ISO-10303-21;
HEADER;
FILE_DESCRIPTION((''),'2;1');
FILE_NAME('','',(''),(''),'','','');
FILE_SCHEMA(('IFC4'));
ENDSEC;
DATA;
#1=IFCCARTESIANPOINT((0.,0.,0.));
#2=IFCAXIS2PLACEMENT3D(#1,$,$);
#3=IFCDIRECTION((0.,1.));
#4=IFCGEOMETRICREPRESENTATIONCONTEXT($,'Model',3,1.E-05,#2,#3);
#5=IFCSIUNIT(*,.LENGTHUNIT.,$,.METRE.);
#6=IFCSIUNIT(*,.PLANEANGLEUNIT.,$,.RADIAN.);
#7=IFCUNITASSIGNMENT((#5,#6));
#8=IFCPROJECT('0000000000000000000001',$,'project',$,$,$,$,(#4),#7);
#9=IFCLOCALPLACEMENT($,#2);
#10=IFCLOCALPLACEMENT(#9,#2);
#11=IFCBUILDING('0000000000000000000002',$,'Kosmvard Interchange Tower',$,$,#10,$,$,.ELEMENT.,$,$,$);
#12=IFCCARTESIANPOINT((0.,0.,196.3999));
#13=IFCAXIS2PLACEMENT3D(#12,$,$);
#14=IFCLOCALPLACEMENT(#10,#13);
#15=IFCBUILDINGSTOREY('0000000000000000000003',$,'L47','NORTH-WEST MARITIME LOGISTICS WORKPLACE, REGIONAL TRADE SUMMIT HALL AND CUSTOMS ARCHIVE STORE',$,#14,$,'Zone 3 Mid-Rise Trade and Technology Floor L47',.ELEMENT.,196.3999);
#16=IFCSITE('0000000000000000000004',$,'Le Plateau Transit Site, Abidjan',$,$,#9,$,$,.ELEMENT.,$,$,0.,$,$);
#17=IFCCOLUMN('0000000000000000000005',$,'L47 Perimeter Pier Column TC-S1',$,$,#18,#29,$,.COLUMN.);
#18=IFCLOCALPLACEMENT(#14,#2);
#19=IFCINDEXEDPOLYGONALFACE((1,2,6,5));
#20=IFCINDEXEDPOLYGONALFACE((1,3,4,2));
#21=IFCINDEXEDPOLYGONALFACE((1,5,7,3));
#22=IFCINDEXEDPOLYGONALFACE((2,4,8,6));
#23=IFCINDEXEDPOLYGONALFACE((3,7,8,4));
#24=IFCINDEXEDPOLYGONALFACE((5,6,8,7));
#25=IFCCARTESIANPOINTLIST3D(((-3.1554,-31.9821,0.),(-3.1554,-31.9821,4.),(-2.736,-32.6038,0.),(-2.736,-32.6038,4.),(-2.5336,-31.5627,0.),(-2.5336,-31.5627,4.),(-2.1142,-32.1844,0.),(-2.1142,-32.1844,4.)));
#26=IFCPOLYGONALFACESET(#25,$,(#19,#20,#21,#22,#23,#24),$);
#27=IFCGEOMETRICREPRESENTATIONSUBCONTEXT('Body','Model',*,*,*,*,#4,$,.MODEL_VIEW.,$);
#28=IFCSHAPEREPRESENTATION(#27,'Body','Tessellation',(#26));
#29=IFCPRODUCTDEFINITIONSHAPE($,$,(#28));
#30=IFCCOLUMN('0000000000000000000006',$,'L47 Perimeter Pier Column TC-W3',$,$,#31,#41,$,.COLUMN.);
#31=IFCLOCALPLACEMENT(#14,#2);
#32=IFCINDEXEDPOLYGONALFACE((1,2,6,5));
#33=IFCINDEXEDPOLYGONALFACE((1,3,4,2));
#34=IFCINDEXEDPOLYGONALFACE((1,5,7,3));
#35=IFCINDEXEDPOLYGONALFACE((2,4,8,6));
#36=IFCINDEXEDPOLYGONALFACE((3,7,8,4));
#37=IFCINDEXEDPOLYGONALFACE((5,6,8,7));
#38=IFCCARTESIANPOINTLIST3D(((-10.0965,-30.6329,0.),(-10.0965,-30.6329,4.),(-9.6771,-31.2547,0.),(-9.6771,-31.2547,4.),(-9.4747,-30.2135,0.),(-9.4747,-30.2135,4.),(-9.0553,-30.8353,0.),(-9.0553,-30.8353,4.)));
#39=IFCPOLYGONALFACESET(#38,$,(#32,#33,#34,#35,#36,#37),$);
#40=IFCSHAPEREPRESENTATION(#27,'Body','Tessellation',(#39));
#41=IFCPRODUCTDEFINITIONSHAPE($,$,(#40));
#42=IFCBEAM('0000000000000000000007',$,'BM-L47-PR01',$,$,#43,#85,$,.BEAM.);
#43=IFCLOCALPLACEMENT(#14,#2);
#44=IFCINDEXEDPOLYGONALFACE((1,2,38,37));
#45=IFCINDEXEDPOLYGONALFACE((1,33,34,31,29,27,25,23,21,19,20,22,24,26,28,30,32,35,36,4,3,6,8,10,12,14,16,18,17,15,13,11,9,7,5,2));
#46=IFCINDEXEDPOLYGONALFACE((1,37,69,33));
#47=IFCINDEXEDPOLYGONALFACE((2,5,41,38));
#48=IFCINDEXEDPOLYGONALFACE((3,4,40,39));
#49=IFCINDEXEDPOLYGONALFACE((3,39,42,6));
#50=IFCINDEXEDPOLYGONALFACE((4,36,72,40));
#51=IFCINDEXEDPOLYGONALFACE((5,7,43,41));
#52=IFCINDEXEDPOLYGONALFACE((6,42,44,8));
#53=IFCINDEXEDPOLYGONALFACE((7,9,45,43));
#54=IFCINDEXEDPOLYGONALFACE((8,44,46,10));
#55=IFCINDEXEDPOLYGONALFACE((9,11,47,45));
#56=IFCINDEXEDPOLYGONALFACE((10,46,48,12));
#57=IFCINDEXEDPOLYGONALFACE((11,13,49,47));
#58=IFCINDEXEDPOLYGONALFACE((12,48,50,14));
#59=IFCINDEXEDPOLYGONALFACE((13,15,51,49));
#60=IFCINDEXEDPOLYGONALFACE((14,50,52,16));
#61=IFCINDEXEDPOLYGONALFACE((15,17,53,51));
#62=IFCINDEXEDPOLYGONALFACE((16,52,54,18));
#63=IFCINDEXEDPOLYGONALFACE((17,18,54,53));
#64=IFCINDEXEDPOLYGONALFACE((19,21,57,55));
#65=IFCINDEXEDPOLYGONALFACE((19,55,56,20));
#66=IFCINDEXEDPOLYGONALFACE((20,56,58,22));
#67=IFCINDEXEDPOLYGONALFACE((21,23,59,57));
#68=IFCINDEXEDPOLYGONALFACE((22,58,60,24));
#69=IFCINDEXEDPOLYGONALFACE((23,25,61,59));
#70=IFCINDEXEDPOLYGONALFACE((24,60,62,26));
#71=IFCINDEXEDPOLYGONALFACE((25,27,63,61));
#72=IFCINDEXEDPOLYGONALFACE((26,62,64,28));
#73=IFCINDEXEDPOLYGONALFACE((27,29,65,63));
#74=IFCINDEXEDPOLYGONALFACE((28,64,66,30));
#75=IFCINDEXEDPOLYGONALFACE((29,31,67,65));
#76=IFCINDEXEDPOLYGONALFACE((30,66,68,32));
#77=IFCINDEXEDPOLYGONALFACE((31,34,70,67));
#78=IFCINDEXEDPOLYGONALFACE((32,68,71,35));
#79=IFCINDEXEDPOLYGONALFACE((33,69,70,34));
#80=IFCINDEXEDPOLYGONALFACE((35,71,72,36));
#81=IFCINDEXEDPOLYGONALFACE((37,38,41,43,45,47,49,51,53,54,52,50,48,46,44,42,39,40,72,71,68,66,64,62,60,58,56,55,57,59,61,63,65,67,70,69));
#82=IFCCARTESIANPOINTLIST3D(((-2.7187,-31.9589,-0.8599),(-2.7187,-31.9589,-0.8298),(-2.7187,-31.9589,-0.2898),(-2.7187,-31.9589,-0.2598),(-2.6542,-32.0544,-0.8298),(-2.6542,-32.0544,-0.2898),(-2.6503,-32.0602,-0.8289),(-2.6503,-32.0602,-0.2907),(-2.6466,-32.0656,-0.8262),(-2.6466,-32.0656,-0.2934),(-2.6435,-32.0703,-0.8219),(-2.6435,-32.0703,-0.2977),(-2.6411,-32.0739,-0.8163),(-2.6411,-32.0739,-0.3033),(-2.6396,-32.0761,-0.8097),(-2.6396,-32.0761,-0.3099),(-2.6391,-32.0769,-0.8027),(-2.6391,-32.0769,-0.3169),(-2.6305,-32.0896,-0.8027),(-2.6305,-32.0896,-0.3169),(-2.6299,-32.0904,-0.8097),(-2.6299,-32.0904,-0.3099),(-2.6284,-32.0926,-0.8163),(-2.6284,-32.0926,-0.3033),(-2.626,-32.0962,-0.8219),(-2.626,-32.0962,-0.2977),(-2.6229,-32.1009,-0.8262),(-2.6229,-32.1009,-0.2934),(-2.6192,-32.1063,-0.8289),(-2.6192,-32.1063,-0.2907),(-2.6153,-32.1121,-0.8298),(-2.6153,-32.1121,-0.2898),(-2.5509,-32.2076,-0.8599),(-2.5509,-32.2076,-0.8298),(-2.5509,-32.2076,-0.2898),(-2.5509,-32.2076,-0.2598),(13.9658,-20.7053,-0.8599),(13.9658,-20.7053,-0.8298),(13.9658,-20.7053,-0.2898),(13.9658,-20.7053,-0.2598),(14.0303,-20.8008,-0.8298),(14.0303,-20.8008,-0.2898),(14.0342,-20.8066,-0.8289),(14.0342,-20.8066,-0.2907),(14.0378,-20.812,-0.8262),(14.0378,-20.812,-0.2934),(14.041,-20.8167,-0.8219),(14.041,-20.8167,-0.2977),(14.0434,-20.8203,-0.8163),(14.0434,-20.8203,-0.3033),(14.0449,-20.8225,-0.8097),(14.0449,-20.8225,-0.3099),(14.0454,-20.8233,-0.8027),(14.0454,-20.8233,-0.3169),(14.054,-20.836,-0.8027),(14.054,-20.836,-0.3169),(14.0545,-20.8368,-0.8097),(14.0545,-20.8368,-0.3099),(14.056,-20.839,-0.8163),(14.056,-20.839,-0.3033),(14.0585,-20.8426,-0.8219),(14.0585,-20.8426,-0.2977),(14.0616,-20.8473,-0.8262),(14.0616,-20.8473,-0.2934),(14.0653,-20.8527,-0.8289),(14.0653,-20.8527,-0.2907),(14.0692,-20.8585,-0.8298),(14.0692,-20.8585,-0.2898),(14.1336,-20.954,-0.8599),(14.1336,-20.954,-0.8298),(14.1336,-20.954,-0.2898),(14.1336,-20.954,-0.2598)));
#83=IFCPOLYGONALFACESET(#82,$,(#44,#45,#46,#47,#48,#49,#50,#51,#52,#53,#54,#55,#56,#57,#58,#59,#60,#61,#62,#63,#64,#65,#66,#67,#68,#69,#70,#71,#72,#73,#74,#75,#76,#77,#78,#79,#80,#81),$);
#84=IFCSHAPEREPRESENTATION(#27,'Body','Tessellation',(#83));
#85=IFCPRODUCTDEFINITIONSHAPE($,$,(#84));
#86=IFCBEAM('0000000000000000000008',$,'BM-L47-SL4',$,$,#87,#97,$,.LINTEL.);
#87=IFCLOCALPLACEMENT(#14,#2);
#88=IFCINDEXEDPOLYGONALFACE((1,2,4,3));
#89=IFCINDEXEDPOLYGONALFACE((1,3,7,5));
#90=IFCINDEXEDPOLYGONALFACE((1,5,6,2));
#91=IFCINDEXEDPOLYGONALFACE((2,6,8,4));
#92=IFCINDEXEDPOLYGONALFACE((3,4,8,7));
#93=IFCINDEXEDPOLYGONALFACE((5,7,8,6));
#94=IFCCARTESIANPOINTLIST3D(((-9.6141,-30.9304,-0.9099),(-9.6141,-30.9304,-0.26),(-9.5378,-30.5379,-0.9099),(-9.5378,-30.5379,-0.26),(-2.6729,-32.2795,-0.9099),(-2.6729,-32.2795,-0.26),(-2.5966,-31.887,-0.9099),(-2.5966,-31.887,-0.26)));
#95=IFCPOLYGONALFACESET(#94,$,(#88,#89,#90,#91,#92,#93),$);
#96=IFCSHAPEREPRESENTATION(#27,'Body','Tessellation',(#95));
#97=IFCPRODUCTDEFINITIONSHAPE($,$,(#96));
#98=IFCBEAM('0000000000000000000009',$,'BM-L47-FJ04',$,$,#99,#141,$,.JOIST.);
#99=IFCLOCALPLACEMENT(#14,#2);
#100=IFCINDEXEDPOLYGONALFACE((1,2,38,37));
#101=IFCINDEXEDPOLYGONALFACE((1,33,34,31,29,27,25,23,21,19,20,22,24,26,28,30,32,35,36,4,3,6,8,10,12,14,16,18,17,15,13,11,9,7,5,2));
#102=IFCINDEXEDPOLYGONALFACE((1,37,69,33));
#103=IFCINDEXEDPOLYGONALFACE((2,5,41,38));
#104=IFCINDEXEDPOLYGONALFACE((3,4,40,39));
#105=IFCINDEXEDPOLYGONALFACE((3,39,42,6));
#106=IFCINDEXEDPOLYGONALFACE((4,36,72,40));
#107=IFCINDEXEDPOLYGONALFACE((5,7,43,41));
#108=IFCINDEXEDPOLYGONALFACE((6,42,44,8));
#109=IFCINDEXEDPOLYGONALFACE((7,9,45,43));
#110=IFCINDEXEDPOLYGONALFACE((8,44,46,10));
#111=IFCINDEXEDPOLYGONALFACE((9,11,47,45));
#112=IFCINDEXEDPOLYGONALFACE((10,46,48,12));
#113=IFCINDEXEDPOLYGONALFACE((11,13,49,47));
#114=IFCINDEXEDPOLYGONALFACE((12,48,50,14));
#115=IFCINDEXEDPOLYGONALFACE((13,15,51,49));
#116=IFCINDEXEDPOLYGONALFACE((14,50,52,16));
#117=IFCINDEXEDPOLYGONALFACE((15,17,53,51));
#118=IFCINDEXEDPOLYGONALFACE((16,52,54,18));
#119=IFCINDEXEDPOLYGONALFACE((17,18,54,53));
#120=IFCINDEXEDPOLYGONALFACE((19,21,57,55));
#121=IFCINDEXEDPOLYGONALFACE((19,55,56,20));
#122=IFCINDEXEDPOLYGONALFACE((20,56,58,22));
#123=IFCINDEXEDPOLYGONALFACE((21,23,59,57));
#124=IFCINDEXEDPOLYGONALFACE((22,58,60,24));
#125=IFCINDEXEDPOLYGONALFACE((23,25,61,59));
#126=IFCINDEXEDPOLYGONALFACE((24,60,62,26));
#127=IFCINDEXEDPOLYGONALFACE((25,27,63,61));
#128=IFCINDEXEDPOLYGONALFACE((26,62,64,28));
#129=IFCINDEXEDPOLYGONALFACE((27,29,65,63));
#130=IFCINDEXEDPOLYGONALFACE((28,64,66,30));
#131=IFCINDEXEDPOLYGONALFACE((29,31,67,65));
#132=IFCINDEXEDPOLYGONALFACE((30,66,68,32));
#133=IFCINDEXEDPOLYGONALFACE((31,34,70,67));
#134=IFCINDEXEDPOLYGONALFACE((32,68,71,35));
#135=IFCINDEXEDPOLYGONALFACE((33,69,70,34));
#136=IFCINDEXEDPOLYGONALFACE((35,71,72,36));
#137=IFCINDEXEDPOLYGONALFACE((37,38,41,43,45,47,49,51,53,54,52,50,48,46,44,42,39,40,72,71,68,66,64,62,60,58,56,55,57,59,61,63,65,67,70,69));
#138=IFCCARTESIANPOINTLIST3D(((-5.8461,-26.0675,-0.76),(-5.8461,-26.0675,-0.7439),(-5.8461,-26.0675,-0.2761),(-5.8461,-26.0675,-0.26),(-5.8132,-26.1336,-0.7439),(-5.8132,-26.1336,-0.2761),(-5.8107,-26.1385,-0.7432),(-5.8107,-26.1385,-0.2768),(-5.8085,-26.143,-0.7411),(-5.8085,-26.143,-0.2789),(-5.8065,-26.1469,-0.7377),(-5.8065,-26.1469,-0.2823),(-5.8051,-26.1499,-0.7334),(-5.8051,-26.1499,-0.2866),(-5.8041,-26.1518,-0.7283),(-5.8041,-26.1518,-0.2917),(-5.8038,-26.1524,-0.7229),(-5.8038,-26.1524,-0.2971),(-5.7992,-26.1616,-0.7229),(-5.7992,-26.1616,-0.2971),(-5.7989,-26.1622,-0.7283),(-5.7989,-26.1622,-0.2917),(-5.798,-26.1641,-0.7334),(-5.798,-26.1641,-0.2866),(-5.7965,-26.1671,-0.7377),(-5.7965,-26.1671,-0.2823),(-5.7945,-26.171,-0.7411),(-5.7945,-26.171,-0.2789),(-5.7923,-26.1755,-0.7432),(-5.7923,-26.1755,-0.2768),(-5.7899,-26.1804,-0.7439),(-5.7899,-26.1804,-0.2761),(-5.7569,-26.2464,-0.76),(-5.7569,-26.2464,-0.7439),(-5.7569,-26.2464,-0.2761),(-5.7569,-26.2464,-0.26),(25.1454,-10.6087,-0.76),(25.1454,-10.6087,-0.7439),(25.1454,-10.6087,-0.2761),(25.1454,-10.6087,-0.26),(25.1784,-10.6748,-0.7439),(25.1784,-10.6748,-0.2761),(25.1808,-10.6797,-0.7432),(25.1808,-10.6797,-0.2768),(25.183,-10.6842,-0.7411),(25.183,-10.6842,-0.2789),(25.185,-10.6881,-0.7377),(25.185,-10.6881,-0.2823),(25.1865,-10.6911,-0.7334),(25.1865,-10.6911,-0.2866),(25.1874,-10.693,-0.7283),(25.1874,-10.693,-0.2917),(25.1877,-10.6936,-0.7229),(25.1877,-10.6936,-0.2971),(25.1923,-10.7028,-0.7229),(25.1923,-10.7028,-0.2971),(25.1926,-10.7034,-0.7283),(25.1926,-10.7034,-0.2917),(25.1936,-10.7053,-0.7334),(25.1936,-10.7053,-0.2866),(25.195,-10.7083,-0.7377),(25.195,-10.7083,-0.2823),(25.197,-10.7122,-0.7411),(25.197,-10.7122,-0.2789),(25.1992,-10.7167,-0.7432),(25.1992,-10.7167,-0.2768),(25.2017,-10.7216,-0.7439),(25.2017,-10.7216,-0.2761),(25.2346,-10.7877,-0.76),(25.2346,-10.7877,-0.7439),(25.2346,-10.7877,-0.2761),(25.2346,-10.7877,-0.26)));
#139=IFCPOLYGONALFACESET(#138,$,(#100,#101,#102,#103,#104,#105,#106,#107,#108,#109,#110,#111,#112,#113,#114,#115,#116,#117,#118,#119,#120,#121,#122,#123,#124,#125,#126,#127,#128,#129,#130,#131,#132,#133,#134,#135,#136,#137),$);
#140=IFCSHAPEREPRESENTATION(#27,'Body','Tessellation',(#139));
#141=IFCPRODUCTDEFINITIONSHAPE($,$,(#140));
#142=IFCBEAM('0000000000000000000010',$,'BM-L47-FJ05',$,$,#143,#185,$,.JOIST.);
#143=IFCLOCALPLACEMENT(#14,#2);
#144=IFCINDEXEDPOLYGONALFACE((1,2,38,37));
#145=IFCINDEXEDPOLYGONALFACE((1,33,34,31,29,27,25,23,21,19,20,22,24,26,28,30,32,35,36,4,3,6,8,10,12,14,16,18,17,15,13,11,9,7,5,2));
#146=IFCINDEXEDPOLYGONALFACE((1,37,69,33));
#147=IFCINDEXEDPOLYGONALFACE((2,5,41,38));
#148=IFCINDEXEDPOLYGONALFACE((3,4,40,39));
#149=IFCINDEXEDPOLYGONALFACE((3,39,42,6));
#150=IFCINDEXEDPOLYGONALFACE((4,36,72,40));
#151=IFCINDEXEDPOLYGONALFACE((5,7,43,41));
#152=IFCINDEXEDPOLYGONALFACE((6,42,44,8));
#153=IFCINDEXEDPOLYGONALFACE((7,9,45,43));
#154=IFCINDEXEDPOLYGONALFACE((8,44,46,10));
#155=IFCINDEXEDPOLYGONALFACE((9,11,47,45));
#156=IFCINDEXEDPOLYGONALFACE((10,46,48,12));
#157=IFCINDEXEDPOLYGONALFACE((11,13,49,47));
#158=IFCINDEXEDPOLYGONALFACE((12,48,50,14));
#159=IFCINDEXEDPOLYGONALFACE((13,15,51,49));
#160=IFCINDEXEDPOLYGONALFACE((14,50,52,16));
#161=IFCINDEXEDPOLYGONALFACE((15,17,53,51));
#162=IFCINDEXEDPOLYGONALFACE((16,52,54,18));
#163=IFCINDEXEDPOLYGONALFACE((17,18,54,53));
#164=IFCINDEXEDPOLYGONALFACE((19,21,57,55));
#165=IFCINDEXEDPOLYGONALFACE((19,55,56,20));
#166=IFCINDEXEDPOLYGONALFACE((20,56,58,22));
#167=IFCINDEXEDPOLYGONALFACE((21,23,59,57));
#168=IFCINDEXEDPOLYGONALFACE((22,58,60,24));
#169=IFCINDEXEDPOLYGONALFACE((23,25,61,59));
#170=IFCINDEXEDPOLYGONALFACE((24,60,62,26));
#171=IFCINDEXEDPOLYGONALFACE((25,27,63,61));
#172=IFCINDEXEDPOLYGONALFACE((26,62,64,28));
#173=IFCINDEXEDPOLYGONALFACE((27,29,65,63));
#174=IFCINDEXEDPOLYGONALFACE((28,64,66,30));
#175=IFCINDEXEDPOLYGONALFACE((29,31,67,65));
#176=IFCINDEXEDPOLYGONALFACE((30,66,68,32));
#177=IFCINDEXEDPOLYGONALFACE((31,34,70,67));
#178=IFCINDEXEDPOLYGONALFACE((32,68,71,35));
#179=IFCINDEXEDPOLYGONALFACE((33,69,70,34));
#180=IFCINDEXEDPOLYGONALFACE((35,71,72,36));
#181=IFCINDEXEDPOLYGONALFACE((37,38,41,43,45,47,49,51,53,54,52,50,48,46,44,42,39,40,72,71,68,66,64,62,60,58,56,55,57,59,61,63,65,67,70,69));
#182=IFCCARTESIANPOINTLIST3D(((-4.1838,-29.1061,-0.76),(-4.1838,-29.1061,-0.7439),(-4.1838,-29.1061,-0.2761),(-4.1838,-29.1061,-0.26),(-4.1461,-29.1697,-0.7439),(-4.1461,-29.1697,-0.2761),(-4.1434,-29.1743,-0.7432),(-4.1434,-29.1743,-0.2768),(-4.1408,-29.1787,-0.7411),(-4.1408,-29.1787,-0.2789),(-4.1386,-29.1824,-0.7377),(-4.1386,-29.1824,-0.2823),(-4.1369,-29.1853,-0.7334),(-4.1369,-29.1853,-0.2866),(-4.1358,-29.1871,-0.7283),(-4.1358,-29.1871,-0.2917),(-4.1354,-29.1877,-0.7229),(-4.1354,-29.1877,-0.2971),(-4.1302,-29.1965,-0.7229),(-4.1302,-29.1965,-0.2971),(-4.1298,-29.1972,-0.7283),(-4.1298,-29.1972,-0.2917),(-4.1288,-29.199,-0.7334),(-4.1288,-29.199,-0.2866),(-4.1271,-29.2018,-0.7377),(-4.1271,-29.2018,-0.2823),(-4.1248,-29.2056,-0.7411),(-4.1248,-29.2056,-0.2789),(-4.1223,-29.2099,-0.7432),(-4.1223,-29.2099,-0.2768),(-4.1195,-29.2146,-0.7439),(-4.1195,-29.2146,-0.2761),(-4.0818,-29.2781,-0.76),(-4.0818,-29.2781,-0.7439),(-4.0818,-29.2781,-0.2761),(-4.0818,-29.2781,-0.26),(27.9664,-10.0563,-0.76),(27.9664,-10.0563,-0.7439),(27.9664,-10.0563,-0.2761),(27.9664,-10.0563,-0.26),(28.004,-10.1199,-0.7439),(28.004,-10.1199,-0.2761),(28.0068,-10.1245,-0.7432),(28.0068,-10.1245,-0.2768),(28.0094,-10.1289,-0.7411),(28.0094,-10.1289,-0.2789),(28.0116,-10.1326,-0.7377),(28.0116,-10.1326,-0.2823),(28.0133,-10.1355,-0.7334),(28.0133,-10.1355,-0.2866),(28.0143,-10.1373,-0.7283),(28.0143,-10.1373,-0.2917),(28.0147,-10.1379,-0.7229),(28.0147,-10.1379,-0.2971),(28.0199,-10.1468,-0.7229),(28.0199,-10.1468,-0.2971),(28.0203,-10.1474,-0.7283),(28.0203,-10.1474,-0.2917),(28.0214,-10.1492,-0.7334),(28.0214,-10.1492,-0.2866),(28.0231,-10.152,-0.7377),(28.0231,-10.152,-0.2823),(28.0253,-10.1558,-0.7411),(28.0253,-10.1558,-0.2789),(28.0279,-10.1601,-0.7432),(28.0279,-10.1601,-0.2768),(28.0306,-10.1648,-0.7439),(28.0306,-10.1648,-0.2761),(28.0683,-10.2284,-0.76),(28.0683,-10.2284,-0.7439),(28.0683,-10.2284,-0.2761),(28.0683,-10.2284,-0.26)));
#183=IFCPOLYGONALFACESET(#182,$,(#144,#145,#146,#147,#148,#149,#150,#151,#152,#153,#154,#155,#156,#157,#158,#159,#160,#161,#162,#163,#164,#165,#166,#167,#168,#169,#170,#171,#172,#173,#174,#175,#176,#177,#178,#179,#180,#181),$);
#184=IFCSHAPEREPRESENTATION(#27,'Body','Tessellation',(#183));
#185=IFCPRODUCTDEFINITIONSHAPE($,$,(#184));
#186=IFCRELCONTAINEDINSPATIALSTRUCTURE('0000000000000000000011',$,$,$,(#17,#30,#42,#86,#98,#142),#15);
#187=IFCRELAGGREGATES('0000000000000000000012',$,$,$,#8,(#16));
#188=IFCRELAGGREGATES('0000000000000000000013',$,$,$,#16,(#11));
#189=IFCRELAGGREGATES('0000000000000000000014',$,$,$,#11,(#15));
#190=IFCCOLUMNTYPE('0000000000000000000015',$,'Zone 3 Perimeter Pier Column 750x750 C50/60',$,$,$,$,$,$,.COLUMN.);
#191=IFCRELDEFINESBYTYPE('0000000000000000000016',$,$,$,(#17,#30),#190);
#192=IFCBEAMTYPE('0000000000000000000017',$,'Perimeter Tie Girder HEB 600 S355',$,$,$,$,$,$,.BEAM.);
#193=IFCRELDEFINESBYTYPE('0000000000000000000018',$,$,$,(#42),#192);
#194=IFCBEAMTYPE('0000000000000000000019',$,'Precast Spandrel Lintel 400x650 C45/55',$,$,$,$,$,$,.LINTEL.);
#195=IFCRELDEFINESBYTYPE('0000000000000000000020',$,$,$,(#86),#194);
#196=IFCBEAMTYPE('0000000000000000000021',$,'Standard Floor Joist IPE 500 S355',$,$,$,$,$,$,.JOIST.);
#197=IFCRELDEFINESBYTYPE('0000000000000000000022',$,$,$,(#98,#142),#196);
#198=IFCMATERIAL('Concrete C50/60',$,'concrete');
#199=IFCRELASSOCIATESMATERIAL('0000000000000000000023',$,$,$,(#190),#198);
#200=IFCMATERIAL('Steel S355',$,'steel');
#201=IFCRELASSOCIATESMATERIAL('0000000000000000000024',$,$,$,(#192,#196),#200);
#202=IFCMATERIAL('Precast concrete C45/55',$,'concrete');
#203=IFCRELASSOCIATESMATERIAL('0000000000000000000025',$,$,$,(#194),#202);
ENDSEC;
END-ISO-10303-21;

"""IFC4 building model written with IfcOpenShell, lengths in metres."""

from ifc_helpers import new_model, si_unit, direction, frame, origin, origin_2d, place, context, subcontext, project, spatial, rectangle, i_section, extrude, source, transform, mapped, material, material_profile, profile_set, type_object, element, save


model = new_model("IFC4")

# Units and contexts
model_context = context("Model", 3, precision=1e-05, world=origin(), true_north=direction((0.0, 1.0)))
body_context = subcontext(model_context, "Body", "Model", "MODEL_VIEW")
ifc_project = project(units=[si_unit("LENGTHUNIT", "METRE"), si_unit("PLANEANGLEUNIT", "RADIAN")], contexts=[model_context])

# Site, building, storey
site_placement = place(None, origin())
site = spatial("IfcSite", under=ifc_project, at=site_placement, Name="Le Plateau Transit Site, Abidjan", CompositionType="ELEMENT", RefElevation=0.0)
building_placement = place(site_placement, origin())
building = spatial("IfcBuilding", under=site, at=building_placement, Name="Kosmvard Interchange Tower", CompositionType="ELEMENT")
storey_placement = place(building_placement, frame((0.0, 0.0, 196.3999)))
storey = spatial("IfcBuildingStorey", under=building, at=storey_placement, Name="L47", Description="NORTH-WEST MARITIME LOGISTICS WORKPLACE, REGIONAL TRADE SUMMIT HALL AND CUSTOMS ARCHIVE STORE", LongName="Zone 3 Mid-Rise Trade and Technology Floor L47", CompositionType="ELEMENT", Elevation=196.3999)

# Columns
ifc_material_1 = material(Name="Concrete C50/60", Category="concrete")
ifc_material_profile_1 = material_profile(ifc_material_1, rectangle(XDim=0.75, YDim=0.75, at=origin_2d()), Name="TC 750x750")
ifc_profile_set_1 = profile_set([ifc_material_profile_1], Name="Concrete C50/60")
column_type = type_object("IfcColumnType", Name="Zone 3 Perimeter Pier Column 750x750 C50/60", PredefinedType="COLUMN", material=ifc_profile_set_1)
shared_shape_1 = source(origin(), body_context, "Body", "SweptSolid", [
    extrude(rectangle(XDim=0.75, YDim=0.75, at=origin_2d()), origin(), (0.0, 0.0, 1.0), 4.0),
])
for number, where, z_axis, x_axis, name in (
    (1, (-2.6348, -32.0833, 0.0), (0.0, 0.0, 1.0), (0.829038, 0.559193, 0.0), "L47 Perimeter Pier Column TC-S1"),
    (2, (-9.5759, -30.7341, 0.0), (0.0, 0.0, 1.0), (0.829038, 0.559193, 0.0), "L47 Perimeter Pier Column TC-W3"),
):
    element("IfcColumn", number, at=place(storey_placement, frame(where, z_axis=z_axis, x_axis=x_axis)), inside=storey, type_object=column_type, Name=name, PredefinedType="COLUMN", context=body_context, shape_type="MappedRepresentation", body=[
        mapped(shared_shape_1, transform((0.0, 0.0, 0.0), scale=1.0)),
    ])

# Beams
ifc_material_2 = material(Name="Steel S355", Category="steel")
ifc_material_profile_2 = material_profile(ifc_material_2, i_section(OverallWidth=0.3, OverallDepth=0.6001, WebThickness=0.0154, FlangeThickness=0.03, FilletRadius=0.0271, at=origin_2d()), Name="HEB 600")
ifc_profile_set_2 = profile_set([ifc_material_profile_2], Name="Steel S355")
beam_type_1 = type_object("IfcBeamType", Name="Perimeter Tie Girder HEB 600 S355", PredefinedType="BEAM", material=ifc_profile_set_2)
shared_shape_2 = source(origin(), body_context, "Body", "SweptSolid", [
    extrude(i_section(OverallWidth=0.3, OverallDepth=0.6001, WebThickness=0.0154, FlangeThickness=0.03, FilletRadius=0.0271, at=origin_2d()), origin(), (0.0, 0.0, 1.0), 20.125),
])
beam_1_placement = place(storey_placement, frame((-2.6348, -32.0833, -0.5598), z_axis=(0.829043, 0.559185, 0.0), x_axis=(-0.559185, 0.829043, 0.0)))
element("IfcBeam", 3, at=beam_1_placement, inside=storey, type_object=beam_type_1, Name="BM-L47-PR01", PredefinedType="BEAM", context=body_context, shape_type="MappedRepresentation", body=[
    mapped(shared_shape_2, transform((0.0, 0.0, 0.0), scale=1.0)),
])
ifc_material_3 = material(Name="Precast concrete C45/55", Category="concrete")
ifc_material_profile_3 = material_profile(ifc_material_3, rectangle(XDim=0.3999, YDim=0.6499, at=origin_2d()), Name="SL 400x650")
ifc_profile_set_3 = profile_set([ifc_material_profile_3], Name="Precast concrete C45/55")
beam_type_2 = type_object("IfcBeamType", Name="Precast Spandrel Lintel 400x650 C45/55", PredefinedType="LINTEL", material=ifc_profile_set_3)
shared_shape_3 = source(origin(), body_context, "Body", "SweptSolid", [
    extrude(rectangle(XDim=0.3999, YDim=0.6499, at=origin_2d()), origin(), (0.0, 0.0, 1.0), 7.071),
])
beam_2_placement = place(storey_placement, frame((-9.5759, -30.7341, -0.585), z_axis=(0.98163, -0.190795, 0.0), x_axis=(0.190795, 0.98163, 0.0)))
element("IfcBeam", 4, at=beam_2_placement, inside=storey, type_object=beam_type_2, Name="BM-L47-SL4", PredefinedType="LINTEL", context=body_context, shape_type="MappedRepresentation", body=[
    mapped(shared_shape_3, transform((0.0, 0.0, 0.0), scale=1.0)),
])
ifc_material_profile_4 = material_profile(ifc_material_2, i_section(OverallWidth=0.2, OverallDepth=0.5, WebThickness=0.0103, FlangeThickness=0.0161, FilletRadius=0.021, at=origin_2d()), Name="IPE 500")
ifc_profile_set_4 = profile_set([ifc_material_profile_4], Name="Steel S355")
beam_type_3 = type_object("IfcBeamType", Name="Standard Floor Joist IPE 500 S355", PredefinedType="JOIST", material=ifc_profile_set_4)
shared_shape_4 = source(origin(), body_context, "Body", "SweptSolid", [
    extrude(i_section(OverallWidth=0.2, OverallDepth=0.5, WebThickness=0.0103, FlangeThickness=0.0161, FilletRadius=0.021, at=origin_2d()), origin(), (0.0, 0.0, 1.0), 34.6331),
])
beam_3_placement = place(storey_placement, frame((-5.8015, -26.157, -0.51), z_axis=(0.894854, 0.446359, 0.0), x_axis=(-0.446359, 0.894854, 0.0)))
element("IfcBeam", 5, at=beam_3_placement, inside=storey, type_object=beam_type_3, Name="BM-L47-FJ04", PredefinedType="JOIST", context=body_context, shape_type="MappedRepresentation", body=[
    mapped(shared_shape_4, transform((0.0, 0.0, 0.0), scale=1.0)),
])
shared_shape_5 = source(origin(), body_context, "Body", "SweptSolid", [
    extrude(i_section(OverallWidth=0.2, OverallDepth=0.5, WebThickness=0.0103, FlangeThickness=0.0161, FilletRadius=0.021, at=origin_2d()), origin(), (0.0, 0.0, 1.0), 37.3701),
])
beam_4_placement = place(storey_placement, frame((-4.1328, -29.1921, -0.51), z_axis=(0.860317, 0.50976, 0.0), x_axis=(-0.50976, 0.860317, 0.0)))
element("IfcBeam", 6, at=beam_4_placement, inside=storey, type_object=beam_type_3, Name="BM-L47-FJ05", PredefinedType="JOIST", context=body_context, shape_type="MappedRepresentation", body=[
    mapped(shared_shape_5, transform((0.0, 0.0, 0.0), scale=1.0)),
])

save(model, "model.ifc")
